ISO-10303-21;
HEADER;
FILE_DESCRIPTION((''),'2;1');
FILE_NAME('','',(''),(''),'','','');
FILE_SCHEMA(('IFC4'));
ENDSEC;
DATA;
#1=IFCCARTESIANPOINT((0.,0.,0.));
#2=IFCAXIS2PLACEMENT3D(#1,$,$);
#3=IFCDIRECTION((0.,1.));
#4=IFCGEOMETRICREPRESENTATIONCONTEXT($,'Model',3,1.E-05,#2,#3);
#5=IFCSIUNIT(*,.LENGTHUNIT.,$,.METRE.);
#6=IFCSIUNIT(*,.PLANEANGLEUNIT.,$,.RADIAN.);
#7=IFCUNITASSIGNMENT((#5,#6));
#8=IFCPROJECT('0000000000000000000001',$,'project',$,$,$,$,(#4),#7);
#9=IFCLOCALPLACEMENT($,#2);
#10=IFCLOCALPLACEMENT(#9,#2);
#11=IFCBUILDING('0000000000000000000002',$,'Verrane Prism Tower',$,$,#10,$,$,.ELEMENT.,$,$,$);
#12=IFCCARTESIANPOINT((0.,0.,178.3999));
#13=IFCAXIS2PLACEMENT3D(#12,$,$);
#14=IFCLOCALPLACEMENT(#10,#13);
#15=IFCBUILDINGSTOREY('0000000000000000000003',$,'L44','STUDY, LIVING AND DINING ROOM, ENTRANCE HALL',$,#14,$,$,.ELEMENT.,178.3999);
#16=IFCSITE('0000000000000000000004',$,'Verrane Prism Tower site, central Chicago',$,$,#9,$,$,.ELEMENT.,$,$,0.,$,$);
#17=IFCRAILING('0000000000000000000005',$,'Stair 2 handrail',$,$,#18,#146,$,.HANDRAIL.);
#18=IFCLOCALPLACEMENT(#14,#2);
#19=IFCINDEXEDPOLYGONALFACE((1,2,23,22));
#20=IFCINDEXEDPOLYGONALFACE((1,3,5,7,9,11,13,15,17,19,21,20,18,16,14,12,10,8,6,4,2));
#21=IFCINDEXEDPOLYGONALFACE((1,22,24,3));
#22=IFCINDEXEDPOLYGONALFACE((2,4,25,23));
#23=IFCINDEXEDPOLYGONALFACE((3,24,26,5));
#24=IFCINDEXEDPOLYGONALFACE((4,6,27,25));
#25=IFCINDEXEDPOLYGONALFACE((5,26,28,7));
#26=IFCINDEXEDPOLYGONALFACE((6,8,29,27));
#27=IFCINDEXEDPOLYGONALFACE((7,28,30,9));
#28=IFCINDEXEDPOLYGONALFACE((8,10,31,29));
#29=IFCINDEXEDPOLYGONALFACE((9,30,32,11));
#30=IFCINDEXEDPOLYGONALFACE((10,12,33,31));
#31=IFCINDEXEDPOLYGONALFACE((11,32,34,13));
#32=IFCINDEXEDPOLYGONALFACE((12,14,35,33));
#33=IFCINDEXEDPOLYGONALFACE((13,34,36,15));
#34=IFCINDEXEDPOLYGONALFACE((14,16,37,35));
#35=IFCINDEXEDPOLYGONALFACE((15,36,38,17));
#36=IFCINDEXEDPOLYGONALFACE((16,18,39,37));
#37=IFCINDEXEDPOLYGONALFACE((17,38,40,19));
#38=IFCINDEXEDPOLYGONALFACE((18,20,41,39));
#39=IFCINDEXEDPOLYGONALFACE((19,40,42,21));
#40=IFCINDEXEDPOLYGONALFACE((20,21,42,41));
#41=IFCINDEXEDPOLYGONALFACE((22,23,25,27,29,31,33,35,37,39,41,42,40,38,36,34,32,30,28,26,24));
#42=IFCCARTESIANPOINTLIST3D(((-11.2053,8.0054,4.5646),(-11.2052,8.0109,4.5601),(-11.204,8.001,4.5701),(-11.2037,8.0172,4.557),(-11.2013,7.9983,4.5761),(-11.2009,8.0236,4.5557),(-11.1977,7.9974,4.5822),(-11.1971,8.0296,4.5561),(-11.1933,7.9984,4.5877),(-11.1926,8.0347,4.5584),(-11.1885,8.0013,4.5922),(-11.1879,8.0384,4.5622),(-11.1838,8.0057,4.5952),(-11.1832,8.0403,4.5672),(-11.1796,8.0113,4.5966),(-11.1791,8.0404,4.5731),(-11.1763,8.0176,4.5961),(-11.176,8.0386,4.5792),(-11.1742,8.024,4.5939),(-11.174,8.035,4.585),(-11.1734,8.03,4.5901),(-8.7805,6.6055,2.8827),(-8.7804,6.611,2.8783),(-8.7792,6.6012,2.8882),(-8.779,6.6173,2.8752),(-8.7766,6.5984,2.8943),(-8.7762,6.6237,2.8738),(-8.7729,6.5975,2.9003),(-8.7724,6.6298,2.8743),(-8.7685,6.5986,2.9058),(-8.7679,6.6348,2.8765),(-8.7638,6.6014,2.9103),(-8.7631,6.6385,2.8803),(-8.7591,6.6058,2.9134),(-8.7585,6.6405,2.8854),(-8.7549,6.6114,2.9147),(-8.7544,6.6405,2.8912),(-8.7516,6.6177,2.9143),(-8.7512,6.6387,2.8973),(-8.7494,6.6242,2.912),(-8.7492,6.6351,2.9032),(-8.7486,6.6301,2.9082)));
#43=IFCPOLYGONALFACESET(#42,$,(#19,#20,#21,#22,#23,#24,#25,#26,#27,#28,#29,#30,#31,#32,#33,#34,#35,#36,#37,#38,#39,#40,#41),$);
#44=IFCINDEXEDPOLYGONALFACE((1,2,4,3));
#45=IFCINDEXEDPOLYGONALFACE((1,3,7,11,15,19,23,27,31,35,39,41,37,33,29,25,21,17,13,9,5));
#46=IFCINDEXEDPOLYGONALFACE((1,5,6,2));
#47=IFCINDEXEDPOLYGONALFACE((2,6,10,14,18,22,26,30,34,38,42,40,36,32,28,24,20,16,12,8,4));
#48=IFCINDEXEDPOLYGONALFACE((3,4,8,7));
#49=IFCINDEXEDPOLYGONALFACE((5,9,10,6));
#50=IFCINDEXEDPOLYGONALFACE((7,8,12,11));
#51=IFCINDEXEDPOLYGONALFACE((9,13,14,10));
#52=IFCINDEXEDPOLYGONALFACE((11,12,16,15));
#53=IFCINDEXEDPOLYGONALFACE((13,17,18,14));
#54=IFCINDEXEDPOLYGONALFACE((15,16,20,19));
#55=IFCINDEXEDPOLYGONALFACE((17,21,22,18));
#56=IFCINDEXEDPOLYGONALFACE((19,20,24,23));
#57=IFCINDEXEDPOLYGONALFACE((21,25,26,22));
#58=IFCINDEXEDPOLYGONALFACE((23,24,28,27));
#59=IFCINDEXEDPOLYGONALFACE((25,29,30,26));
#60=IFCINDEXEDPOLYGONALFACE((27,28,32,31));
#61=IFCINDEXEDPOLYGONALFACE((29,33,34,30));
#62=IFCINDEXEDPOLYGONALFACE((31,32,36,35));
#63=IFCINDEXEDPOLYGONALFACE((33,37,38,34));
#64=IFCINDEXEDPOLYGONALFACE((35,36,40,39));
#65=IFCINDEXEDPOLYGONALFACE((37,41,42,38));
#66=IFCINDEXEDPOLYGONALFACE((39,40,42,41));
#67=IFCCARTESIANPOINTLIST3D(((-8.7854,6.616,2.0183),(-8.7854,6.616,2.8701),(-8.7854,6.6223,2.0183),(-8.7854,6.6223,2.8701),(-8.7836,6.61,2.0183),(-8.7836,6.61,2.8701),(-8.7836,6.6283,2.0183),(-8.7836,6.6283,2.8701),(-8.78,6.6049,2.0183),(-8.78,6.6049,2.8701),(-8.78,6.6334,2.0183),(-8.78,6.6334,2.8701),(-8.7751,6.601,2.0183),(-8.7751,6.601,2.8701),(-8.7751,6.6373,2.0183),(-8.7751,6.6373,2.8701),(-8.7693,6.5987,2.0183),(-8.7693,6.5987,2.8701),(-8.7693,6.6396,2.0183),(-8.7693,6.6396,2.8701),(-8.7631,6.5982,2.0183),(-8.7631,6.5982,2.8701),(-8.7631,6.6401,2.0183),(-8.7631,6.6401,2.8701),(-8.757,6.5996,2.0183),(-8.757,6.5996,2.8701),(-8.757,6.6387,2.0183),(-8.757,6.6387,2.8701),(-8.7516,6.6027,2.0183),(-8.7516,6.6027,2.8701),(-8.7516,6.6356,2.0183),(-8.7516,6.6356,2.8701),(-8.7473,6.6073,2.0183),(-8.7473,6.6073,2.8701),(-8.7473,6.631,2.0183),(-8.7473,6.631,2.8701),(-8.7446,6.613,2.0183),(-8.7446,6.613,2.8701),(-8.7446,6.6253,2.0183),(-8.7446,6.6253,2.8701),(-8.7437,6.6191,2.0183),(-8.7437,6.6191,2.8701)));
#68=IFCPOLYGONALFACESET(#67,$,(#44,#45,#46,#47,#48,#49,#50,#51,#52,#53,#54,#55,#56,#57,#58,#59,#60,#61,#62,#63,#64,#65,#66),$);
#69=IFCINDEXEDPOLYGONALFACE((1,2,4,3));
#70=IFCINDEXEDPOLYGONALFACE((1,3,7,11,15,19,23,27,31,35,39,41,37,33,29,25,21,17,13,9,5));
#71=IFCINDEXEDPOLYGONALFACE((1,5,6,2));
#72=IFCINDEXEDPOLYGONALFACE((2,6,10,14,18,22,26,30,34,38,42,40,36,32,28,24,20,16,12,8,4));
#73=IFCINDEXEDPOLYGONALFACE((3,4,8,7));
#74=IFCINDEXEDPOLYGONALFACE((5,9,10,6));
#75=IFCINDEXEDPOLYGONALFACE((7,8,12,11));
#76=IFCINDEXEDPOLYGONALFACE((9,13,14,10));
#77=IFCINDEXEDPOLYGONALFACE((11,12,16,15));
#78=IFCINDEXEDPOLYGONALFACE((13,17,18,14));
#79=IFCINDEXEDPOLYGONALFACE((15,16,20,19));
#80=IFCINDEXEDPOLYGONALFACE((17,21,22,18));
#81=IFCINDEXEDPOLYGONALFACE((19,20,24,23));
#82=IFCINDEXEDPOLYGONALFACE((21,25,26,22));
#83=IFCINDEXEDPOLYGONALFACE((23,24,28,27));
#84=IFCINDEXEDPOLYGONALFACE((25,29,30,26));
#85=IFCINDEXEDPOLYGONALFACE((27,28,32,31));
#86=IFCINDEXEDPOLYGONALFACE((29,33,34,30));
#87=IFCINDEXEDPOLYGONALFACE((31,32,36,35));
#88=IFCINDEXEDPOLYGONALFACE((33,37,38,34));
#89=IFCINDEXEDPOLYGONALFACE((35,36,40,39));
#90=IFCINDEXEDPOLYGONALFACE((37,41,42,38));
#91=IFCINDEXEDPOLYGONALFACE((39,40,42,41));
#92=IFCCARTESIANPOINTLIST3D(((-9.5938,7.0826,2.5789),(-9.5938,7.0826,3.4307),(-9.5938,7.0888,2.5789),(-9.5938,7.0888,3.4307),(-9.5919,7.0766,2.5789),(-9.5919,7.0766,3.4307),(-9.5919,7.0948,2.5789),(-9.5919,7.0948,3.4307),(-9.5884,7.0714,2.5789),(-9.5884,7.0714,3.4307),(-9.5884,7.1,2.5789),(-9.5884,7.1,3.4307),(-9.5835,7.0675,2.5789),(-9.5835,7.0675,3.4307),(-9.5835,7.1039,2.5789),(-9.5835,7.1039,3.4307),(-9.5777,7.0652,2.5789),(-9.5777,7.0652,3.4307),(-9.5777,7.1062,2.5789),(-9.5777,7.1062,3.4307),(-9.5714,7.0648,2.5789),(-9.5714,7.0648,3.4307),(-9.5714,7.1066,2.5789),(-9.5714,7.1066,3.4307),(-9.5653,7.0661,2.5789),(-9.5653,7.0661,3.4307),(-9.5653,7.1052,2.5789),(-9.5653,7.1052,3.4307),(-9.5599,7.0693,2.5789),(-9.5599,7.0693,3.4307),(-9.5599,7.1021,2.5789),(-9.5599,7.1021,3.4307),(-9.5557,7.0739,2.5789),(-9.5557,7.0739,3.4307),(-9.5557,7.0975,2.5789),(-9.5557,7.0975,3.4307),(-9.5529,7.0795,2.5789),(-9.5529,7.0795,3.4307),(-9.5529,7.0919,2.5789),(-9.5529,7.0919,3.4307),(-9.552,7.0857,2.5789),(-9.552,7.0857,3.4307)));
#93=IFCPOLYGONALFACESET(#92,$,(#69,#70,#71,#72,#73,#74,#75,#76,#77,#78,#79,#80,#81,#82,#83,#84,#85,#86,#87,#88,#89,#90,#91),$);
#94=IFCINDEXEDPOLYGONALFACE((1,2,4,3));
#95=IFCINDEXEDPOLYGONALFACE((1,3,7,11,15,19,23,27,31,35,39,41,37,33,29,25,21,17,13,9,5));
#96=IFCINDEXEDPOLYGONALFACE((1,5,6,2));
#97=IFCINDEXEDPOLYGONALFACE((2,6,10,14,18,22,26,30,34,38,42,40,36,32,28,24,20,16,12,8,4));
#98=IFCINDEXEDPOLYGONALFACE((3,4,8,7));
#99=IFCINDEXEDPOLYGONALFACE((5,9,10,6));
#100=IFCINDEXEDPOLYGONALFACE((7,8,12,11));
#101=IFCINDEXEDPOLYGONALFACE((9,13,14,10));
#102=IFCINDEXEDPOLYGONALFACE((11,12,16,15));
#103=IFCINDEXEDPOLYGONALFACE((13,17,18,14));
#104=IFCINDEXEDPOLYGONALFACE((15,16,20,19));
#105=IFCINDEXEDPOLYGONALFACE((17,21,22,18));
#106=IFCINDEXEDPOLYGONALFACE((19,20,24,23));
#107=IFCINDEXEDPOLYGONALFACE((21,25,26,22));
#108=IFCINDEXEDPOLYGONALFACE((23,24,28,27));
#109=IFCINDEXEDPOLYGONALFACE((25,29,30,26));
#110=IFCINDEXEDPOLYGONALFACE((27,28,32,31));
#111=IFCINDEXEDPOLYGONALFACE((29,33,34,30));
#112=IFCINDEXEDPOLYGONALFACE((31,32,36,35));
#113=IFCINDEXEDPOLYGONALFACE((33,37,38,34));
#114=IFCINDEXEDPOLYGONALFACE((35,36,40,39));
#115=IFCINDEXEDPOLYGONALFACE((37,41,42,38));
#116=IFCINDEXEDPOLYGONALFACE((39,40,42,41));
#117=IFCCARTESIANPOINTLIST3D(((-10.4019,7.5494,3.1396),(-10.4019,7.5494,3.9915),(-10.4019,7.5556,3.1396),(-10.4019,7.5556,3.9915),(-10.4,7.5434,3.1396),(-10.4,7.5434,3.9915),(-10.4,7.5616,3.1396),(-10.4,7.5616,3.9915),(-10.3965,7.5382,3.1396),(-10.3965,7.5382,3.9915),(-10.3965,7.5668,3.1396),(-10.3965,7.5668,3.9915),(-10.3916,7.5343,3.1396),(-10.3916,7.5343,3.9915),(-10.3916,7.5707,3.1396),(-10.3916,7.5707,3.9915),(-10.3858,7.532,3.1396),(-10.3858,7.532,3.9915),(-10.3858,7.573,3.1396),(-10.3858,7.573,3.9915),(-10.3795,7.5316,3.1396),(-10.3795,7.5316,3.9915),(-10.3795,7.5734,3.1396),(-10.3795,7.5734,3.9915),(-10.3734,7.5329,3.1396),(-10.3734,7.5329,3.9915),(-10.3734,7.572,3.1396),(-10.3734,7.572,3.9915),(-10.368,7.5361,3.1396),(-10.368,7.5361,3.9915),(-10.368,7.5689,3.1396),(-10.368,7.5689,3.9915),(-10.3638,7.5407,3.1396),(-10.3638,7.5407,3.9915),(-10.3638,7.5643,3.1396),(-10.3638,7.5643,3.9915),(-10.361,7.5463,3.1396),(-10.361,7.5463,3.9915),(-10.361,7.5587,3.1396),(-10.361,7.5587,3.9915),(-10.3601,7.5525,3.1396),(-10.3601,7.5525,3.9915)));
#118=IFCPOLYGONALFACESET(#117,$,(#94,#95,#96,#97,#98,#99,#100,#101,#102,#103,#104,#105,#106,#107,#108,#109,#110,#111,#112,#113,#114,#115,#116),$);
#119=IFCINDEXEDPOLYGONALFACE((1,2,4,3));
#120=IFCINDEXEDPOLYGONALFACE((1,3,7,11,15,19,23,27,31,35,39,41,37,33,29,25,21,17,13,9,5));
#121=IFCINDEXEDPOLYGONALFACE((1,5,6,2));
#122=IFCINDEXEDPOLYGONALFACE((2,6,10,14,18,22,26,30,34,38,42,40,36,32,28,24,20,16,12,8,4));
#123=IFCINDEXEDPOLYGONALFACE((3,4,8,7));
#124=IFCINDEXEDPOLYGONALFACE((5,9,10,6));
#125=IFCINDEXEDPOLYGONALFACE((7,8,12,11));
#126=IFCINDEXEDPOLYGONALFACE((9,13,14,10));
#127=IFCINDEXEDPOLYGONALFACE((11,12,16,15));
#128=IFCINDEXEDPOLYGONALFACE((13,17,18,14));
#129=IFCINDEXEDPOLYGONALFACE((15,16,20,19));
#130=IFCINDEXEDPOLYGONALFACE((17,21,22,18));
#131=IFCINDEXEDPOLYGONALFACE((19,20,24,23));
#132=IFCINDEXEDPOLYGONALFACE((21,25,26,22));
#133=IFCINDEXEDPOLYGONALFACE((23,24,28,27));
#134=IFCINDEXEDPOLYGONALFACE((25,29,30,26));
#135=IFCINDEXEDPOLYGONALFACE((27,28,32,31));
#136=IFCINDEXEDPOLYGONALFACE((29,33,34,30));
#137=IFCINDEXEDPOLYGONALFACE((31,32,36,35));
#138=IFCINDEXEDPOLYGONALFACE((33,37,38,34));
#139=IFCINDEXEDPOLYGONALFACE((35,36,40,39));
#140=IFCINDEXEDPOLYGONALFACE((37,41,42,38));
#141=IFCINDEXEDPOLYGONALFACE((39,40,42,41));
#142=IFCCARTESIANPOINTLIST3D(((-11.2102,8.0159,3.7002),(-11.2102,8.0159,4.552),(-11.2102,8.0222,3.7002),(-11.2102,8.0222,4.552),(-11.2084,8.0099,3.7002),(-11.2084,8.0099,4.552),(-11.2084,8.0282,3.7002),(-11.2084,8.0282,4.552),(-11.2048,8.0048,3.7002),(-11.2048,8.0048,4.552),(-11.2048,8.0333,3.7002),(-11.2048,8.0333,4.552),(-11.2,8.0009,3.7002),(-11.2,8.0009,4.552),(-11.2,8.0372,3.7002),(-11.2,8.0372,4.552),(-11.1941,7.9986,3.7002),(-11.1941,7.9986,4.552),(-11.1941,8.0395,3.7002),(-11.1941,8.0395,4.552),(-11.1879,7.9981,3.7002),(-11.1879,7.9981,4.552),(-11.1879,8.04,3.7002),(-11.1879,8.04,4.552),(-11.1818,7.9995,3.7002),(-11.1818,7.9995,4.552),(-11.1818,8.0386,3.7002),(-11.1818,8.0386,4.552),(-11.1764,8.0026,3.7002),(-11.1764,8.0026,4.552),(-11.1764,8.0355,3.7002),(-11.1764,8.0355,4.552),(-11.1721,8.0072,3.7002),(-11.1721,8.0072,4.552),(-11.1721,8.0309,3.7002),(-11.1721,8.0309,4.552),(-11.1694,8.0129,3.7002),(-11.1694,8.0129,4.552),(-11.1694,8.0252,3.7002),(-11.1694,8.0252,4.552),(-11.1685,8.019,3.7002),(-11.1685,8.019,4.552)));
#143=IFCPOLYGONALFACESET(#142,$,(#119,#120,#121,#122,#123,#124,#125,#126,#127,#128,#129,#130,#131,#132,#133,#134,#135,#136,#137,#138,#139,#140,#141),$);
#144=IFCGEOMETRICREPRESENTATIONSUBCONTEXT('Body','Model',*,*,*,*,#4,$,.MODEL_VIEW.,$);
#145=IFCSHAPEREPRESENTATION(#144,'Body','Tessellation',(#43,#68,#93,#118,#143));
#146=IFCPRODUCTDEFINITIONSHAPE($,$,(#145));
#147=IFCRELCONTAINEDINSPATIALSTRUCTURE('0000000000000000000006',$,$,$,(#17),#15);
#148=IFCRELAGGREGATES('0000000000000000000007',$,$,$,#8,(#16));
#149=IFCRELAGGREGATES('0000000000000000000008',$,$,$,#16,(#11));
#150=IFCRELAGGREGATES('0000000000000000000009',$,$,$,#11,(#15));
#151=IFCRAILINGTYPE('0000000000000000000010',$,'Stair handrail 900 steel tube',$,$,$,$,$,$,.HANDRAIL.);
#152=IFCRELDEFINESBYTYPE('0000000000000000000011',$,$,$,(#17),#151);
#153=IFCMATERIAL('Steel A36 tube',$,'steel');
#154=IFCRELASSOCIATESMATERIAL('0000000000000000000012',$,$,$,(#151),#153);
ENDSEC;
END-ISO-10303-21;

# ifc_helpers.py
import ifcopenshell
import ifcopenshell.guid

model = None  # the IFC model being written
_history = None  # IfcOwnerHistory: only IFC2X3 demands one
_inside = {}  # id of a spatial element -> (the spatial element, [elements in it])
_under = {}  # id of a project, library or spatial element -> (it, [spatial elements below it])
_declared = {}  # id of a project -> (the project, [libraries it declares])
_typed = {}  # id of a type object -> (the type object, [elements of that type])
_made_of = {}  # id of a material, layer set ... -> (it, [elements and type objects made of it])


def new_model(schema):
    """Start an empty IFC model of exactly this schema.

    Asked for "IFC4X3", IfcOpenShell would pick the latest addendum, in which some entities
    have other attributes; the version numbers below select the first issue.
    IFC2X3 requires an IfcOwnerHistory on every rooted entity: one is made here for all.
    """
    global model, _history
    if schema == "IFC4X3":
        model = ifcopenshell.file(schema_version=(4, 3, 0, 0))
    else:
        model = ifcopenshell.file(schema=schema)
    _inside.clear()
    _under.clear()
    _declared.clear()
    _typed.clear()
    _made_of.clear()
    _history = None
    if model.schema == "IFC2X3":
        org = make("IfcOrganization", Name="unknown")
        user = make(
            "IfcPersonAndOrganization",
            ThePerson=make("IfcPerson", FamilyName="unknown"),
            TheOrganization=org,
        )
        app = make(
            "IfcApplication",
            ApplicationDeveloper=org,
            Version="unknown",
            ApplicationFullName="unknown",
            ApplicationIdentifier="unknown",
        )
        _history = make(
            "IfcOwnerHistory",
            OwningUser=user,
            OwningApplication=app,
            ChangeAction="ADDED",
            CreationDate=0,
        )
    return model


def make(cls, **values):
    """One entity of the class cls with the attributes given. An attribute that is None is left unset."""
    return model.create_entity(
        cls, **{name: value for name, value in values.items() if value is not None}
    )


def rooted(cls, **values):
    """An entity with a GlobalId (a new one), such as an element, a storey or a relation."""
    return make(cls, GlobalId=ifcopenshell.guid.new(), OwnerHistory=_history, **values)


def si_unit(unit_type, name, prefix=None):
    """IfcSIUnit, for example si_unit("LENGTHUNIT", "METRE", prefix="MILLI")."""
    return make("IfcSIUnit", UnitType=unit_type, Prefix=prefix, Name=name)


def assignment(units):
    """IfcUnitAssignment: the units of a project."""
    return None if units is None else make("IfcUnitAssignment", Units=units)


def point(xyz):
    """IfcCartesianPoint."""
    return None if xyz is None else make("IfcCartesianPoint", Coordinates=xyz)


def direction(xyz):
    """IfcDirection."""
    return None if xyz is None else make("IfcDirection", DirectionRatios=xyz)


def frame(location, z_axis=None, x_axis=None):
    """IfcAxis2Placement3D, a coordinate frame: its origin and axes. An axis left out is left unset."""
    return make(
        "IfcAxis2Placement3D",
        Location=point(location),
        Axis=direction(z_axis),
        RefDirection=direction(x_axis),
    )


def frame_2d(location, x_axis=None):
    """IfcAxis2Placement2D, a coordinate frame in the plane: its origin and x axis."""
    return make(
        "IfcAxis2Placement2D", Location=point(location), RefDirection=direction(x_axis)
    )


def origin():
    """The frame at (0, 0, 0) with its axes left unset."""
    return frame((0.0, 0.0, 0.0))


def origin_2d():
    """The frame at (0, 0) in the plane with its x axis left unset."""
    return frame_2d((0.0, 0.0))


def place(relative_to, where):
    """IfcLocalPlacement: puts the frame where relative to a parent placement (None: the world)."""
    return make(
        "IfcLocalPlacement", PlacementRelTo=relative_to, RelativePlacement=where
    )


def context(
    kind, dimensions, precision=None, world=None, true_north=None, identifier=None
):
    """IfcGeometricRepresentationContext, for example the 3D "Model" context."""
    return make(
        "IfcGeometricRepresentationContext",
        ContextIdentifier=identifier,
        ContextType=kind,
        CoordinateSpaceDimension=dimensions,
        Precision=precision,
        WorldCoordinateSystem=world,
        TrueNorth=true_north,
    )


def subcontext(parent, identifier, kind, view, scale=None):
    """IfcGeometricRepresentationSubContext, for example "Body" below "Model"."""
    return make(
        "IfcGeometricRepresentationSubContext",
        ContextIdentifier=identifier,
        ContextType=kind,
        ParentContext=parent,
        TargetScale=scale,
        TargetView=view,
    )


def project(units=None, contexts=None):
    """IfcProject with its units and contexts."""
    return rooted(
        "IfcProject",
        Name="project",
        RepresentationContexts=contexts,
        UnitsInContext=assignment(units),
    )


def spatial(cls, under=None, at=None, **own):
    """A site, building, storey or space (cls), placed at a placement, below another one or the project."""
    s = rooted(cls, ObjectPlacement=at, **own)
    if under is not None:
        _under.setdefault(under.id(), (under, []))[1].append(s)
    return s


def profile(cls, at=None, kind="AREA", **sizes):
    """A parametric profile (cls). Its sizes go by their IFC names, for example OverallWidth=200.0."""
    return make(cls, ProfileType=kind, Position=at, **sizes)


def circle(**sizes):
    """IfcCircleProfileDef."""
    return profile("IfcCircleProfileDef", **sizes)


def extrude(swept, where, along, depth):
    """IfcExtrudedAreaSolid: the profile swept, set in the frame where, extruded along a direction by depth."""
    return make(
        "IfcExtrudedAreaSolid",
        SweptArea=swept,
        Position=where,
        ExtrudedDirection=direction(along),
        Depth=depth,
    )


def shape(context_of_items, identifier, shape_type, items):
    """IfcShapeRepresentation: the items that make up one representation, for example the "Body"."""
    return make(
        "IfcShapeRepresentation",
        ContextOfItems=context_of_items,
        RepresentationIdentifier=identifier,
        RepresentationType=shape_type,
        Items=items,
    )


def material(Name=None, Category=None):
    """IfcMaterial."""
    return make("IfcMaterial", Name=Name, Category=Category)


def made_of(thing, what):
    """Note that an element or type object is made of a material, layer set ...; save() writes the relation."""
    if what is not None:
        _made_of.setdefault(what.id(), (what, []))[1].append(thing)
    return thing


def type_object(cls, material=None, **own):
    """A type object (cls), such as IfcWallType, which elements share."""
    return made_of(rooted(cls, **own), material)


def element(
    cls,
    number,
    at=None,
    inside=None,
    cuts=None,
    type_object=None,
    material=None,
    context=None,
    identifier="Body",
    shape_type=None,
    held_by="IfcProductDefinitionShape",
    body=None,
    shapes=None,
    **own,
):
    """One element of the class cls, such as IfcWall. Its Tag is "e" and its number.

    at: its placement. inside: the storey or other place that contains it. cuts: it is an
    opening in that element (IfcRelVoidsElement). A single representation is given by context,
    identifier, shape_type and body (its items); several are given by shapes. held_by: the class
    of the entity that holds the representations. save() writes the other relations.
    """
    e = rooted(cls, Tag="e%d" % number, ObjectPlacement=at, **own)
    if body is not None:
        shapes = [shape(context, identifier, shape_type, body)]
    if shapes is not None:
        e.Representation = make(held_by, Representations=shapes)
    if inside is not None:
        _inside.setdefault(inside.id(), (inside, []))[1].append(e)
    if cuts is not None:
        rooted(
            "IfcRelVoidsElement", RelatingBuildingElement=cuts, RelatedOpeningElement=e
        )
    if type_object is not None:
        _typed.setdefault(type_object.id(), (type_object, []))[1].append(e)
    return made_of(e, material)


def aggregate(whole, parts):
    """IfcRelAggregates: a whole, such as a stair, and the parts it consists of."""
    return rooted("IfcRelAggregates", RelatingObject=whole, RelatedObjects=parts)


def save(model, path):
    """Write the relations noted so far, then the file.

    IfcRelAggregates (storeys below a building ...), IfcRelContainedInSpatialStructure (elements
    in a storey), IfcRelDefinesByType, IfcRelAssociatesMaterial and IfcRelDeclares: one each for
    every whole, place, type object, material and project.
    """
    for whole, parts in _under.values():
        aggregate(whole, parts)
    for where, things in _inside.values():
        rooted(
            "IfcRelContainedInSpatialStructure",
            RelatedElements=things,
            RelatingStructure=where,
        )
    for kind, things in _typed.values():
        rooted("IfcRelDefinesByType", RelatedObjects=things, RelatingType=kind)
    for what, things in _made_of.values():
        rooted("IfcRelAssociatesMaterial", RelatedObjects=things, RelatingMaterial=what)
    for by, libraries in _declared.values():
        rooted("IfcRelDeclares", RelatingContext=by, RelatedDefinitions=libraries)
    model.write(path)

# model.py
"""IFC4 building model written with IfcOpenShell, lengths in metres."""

from ifc_helpers import new_model, si_unit, direction, frame, origin, origin_2d, place, context, subcontext, project, spatial, circle, extrude, material, type_object, element, save


model = new_model("IFC4")

# Units and contexts
model_context = context("Model", 3, precision=1e-05, world=origin(), true_north=direction((0.0, 1.0)))
body_context = subcontext(model_context, "Body", "Model", "MODEL_VIEW")
ifc_project = project(units=[si_unit("LENGTHUNIT", "METRE"), si_unit("PLANEANGLEUNIT", "RADIAN")], contexts=[model_context])

# Site, building, storey
site_placement = place(None, origin())
site = spatial("IfcSite", under=ifc_project, at=site_placement, Name="Verrane Prism Tower site, central Chicago", CompositionType="ELEMENT", RefElevation=0.0)
building_placement = place(site_placement, origin())
building = spatial("IfcBuilding", under=site, at=building_placement, Name="Verrane Prism Tower", CompositionType="ELEMENT")
storey_placement = place(building_placement, frame((0.0, 0.0, 178.3999)))
storey = spatial("IfcBuildingStorey", under=building, at=storey_placement, Name="L44", Description="STUDY, LIVING AND DINING ROOM, ENTRANCE HALL", CompositionType="ELEMENT", Elevation=178.3999)

# Railing
ifc_material_1 = material(Name="Steel A36 tube", Category="steel")
railing_type_1 = type_object("IfcRailingType", Name="Stair handrail 900 steel tube", PredefinedType="HANDRAIL", material=ifc_material_1)
railing_1_placement = place(storey_placement, frame((-8.7646, 6.6191, 2.0183)))
element("IfcRailing", 1, at=railing_1_placement, inside=storey, type_object=railing_type_1, Name="Stair 2 handrail", PredefinedType="HANDRAIL", context=body_context, shape_type="SweptSolid", body=[
    extrude(circle(Radius=0.0239, at=origin_2d()), frame((0.0, 0.0, 0.876), z_axis=(-0.74239, 0.428601, 0.514934), x_axis=(-0.499984, -0.866035, 0.0)), (0.0, 0.0, 1.0), 3.2661),
    extrude(circle(Radius=0.021, at=origin_2d()), origin(), (0.0, 0.0, 1.0), 0.8518),
    extrude(circle(Radius=0.021, at=origin_2d()), frame((-0.8083, 0.4666, 0.5605)), (0.0, 0.0, 1.0), 0.8518),
    extrude(circle(Radius=0.021, at=origin_2d()), frame((-1.6165, 0.9333, 1.1213)), (0.0, 0.0, 1.0), 0.8518),
    extrude(circle(Radius=0.021, at=origin_2d()), frame((-2.4248, 1.3999, 1.6819)), (0.0, 0.0, 1.0), 0.8518),
])

save(model, "model.ifc")
